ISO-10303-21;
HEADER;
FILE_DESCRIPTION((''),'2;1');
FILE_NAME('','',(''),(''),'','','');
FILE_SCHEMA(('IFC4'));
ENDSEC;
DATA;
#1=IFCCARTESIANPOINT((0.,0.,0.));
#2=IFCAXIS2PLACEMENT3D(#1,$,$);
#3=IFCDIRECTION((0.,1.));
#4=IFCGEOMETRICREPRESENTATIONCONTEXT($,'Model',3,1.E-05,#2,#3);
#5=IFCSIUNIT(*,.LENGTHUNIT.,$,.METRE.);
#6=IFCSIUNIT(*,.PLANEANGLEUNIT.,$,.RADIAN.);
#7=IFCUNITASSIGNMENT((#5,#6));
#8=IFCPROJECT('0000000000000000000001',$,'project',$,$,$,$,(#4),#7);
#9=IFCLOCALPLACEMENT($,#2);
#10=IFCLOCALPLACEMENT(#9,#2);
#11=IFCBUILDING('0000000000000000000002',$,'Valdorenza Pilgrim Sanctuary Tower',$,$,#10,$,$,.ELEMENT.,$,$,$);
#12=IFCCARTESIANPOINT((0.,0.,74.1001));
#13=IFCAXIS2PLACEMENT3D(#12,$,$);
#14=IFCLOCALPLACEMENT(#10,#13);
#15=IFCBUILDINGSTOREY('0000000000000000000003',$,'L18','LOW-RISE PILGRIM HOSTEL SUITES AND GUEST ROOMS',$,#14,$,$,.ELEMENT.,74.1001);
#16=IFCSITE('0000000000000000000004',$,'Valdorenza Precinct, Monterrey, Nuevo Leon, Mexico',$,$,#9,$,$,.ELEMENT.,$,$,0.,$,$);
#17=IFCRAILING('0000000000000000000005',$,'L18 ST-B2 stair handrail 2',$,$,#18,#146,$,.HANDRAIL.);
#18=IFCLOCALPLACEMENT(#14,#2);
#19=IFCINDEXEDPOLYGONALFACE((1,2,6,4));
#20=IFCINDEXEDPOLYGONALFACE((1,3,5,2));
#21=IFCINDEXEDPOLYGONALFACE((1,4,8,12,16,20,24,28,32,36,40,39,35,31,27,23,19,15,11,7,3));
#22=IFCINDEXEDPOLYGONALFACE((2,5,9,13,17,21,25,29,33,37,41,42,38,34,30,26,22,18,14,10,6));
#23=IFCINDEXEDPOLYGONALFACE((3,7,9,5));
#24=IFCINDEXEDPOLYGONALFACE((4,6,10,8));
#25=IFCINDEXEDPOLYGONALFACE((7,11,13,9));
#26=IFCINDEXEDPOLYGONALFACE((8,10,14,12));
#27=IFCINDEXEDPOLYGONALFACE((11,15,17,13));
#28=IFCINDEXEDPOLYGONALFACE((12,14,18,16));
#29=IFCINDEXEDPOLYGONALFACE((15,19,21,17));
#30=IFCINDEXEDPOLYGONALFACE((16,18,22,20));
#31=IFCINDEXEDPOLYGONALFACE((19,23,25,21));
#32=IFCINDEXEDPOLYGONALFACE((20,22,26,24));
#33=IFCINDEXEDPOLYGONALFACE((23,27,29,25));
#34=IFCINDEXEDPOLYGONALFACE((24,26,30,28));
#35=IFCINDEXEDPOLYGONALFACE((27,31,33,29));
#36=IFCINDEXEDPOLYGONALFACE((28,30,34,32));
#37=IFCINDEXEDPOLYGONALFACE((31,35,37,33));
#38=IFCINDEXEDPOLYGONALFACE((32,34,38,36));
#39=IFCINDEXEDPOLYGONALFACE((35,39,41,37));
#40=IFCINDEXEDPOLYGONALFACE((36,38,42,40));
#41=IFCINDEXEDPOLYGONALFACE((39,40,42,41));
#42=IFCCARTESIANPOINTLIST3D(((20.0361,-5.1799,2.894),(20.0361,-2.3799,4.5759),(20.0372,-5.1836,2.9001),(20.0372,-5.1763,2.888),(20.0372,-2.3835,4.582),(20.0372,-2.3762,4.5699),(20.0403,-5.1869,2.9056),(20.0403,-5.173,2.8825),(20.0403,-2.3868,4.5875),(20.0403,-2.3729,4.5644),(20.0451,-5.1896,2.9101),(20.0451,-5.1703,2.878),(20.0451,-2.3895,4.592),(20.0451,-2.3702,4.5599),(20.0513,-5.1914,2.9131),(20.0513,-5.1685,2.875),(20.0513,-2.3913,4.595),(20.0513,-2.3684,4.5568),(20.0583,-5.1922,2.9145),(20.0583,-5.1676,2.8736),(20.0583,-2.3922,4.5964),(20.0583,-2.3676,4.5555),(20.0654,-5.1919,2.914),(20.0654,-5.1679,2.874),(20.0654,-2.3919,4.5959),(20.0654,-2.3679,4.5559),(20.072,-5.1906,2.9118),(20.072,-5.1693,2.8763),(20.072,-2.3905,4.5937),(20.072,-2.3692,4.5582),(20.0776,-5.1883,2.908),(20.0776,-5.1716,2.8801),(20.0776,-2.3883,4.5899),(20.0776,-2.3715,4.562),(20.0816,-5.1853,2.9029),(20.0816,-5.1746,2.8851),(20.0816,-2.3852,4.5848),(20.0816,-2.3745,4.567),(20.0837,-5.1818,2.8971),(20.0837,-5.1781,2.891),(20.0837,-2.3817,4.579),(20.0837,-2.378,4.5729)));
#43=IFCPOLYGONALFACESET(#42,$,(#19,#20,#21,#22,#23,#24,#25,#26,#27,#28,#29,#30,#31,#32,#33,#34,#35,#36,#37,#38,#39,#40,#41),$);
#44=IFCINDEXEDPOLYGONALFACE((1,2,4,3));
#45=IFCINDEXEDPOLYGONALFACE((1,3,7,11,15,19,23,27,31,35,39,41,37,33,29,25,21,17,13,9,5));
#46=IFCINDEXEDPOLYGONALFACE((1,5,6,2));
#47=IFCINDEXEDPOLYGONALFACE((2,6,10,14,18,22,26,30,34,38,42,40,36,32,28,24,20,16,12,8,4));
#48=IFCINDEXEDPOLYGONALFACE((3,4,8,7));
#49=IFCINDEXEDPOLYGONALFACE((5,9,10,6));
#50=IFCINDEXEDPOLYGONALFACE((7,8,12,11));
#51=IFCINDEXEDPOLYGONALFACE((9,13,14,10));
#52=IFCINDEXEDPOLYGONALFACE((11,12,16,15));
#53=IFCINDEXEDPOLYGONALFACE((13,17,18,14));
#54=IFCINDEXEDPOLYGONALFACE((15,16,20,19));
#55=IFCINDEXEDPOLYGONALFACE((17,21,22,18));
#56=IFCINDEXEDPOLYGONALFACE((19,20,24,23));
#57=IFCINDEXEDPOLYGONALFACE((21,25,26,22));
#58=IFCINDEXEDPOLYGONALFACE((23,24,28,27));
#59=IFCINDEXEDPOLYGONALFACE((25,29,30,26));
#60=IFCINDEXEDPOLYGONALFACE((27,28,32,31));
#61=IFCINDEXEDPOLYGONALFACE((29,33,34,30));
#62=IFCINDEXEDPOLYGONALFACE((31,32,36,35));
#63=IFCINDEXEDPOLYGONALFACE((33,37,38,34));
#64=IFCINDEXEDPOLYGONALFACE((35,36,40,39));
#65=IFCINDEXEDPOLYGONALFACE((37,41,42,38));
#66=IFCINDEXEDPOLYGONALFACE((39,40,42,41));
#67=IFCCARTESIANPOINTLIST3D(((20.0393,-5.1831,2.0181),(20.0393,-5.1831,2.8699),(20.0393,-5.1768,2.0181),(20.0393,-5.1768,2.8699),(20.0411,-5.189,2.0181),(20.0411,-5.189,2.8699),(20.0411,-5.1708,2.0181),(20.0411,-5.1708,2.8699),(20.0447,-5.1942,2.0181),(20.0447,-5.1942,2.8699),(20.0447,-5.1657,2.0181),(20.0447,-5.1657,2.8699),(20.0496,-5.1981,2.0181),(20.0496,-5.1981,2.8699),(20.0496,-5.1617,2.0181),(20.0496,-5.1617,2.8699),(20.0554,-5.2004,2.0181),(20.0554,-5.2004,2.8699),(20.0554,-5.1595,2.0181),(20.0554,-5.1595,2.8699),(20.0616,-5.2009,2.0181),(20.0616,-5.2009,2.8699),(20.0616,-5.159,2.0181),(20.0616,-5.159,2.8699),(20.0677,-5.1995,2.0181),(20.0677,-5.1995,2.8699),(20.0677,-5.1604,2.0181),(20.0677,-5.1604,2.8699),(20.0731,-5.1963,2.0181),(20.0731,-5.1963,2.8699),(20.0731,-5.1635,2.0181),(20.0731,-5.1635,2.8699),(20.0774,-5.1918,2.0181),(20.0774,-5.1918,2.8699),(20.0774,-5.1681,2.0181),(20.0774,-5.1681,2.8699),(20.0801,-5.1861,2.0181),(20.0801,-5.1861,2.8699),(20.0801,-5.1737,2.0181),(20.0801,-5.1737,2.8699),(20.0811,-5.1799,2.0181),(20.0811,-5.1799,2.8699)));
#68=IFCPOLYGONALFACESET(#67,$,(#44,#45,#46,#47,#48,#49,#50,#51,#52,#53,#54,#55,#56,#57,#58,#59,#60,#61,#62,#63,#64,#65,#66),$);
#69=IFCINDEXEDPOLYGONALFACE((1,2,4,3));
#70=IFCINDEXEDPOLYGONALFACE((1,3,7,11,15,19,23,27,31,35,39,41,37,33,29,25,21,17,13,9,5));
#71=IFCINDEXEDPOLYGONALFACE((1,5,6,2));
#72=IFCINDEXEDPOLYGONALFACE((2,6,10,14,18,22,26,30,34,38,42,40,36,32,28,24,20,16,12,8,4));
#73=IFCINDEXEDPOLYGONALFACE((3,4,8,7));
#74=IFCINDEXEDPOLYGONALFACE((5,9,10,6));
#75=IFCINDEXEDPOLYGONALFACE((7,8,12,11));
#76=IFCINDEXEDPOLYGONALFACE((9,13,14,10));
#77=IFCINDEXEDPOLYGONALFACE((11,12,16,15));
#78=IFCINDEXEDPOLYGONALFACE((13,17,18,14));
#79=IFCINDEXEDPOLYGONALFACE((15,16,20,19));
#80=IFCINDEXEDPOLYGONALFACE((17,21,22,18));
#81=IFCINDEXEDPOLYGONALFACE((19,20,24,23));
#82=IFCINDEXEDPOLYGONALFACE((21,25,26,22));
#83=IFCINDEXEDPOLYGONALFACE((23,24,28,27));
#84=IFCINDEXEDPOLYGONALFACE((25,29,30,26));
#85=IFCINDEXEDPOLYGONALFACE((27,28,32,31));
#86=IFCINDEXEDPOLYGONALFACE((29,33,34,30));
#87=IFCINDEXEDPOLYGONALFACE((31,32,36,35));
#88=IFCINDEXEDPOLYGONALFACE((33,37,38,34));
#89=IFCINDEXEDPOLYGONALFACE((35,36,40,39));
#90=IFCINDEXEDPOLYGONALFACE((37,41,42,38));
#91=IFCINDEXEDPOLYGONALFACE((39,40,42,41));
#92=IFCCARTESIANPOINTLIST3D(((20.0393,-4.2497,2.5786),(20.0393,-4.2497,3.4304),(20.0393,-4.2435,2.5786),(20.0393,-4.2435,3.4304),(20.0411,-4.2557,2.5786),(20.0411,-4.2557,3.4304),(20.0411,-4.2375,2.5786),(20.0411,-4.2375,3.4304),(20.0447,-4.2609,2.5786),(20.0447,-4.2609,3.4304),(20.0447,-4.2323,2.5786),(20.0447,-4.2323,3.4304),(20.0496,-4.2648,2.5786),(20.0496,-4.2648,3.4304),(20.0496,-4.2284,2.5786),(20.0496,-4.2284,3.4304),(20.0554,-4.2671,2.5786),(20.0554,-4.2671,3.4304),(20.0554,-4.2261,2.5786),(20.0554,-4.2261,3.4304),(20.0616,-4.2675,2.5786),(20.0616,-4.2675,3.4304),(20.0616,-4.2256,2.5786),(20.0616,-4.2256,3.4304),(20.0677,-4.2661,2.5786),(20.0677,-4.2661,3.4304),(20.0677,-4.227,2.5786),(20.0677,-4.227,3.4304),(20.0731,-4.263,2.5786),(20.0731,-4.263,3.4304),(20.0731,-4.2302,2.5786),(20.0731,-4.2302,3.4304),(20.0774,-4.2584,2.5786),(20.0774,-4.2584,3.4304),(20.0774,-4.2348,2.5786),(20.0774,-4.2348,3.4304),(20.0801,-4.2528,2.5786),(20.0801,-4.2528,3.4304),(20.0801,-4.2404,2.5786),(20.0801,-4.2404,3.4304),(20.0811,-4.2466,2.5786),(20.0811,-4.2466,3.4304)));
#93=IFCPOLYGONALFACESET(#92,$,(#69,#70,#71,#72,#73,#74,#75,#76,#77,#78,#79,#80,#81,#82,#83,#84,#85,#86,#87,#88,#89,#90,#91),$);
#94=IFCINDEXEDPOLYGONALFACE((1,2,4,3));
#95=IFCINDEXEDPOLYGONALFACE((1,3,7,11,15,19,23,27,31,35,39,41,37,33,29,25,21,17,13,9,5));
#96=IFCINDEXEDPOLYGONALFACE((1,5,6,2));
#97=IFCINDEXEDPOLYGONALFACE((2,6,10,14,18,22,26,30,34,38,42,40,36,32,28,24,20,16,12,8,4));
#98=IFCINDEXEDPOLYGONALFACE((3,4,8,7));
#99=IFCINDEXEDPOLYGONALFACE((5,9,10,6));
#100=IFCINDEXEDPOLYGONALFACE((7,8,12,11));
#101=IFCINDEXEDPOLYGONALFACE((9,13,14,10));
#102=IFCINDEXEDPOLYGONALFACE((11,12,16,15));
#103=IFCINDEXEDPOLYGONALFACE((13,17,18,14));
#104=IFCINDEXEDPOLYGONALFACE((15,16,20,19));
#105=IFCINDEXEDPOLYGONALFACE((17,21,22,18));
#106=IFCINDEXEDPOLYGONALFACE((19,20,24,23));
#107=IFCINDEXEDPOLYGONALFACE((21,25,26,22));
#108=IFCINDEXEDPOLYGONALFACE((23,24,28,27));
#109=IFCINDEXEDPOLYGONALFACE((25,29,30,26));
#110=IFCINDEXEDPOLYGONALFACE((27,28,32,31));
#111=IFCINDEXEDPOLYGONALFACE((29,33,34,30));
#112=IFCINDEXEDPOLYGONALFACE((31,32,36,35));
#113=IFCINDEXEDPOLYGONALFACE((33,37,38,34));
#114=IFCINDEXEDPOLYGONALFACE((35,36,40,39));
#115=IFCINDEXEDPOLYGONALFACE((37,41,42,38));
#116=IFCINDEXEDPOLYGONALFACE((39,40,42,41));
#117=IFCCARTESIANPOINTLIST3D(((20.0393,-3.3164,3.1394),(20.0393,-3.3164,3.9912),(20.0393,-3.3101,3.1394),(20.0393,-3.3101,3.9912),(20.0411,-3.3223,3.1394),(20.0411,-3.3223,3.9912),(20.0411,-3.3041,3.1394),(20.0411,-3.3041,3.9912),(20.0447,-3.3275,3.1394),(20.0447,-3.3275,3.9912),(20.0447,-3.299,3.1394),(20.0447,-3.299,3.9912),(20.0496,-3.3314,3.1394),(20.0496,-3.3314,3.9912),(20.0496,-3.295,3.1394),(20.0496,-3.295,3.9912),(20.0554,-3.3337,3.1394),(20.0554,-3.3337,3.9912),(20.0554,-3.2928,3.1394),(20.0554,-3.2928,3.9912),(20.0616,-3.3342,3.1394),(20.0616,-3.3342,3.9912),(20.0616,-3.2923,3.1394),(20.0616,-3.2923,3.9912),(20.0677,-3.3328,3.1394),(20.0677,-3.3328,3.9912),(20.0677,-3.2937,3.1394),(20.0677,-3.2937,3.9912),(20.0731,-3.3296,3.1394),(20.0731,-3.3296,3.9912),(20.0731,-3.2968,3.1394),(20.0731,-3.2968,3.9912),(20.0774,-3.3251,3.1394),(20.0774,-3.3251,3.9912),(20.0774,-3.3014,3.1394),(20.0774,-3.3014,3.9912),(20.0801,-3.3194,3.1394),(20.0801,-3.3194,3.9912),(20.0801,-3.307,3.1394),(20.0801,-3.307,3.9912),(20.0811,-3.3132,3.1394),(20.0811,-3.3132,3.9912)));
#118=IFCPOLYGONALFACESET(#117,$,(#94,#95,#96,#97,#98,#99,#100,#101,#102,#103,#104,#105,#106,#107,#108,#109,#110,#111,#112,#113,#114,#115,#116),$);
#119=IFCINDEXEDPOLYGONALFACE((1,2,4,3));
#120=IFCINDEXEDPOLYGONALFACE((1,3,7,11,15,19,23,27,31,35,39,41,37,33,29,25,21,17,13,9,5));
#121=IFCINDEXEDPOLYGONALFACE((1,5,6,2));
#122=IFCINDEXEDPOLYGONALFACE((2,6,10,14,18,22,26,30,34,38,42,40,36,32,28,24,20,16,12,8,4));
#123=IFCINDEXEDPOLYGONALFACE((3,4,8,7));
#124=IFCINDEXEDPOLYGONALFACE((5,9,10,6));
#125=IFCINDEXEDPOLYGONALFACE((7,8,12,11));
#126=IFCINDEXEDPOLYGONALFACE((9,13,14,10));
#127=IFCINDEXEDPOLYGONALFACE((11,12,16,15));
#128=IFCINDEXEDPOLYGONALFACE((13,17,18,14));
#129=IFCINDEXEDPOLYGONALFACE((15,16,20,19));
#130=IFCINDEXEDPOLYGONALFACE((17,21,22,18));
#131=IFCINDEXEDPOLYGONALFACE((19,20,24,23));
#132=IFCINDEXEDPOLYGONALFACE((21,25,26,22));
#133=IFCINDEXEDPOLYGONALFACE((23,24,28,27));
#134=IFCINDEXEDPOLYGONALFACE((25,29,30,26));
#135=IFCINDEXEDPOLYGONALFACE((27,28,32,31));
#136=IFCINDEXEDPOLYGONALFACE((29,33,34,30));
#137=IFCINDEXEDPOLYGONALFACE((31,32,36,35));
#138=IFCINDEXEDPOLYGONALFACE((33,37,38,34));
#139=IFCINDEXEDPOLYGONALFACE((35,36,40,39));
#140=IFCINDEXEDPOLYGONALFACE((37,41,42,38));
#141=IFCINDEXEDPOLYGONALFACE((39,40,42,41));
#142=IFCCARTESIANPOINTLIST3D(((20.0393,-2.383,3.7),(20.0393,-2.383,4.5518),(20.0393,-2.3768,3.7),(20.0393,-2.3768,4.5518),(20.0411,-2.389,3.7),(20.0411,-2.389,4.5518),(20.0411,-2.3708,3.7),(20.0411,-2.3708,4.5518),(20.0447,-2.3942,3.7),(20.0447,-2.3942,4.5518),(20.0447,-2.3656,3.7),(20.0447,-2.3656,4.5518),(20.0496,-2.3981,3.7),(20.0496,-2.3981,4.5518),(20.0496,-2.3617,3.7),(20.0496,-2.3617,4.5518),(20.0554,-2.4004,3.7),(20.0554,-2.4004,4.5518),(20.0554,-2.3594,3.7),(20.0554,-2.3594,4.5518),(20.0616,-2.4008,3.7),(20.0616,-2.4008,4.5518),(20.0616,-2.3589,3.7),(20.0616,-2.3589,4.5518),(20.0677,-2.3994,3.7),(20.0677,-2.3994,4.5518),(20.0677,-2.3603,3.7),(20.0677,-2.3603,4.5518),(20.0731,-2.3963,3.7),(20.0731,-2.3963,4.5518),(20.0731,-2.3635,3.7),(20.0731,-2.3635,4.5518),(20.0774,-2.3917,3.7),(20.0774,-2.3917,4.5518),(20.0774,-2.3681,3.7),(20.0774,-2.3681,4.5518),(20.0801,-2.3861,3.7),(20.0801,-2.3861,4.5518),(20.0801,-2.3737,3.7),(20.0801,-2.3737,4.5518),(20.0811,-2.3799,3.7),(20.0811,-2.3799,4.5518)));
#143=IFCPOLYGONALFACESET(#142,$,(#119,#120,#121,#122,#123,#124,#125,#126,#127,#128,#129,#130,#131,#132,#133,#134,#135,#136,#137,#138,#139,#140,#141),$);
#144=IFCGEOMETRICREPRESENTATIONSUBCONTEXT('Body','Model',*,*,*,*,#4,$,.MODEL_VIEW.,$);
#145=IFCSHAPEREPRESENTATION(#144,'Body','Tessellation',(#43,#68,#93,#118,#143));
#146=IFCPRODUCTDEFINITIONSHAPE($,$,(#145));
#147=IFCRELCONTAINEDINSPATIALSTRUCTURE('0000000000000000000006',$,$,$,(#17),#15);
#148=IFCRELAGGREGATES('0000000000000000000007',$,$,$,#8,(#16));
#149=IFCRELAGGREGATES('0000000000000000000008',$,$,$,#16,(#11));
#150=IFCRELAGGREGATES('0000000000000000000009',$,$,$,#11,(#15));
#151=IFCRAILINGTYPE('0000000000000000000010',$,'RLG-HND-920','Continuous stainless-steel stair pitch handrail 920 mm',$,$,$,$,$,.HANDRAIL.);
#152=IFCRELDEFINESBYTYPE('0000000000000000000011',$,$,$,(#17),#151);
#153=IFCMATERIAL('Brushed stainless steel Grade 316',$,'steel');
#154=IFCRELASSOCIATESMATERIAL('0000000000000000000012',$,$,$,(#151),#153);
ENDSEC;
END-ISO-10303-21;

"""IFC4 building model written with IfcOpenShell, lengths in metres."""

from ifc_helpers import new_model, si_unit, direction, frame, origin, origin_2d, place, context, subcontext, project, spatial, circle, extrude, material, type_object, element, save


model = new_model("IFC4")

# Units and contexts
model_context = context("Model", 3, precision=1e-05, world=origin(), true_north=direction((0.0, 1.0)))
body_context = subcontext(model_context, "Body", "Model", "MODEL_VIEW")
ifc_project = project(units=[si_unit("LENGTHUNIT", "METRE"), si_unit("PLANEANGLEUNIT", "RADIAN")], contexts=[model_context])

# Site, building, storey
site_placement = place(None, origin())
site = spatial("IfcSite", under=ifc_project, at=site_placement, Name="Valdorenza Precinct, Monterrey, Nuevo Leon, Mexico", CompositionType="ELEMENT", RefElevation=0.0)
building_placement = place(site_placement, origin())
building = spatial("IfcBuilding", under=site, at=building_placement, Name="Valdorenza Pilgrim Sanctuary Tower", CompositionType="ELEMENT")
storey_placement = place(building_placement, frame((0.0, 0.0, 74.1001)))
storey = spatial("IfcBuildingStorey", under=building, at=storey_placement, Name="L18", Description="LOW-RISE PILGRIM HOSTEL SUITES AND GUEST ROOMS", CompositionType="ELEMENT", Elevation=74.1001)

# Shared definitions
ifc_material_1 = material(Name="Brushed stainless steel Grade 316", Category="steel")

# Railing
railing_type_1 = type_object("IfcRailingType", Name="RLG-HND-920", Description="Continuous stainless-steel stair pitch handrail 920 mm", PredefinedType="HANDRAIL", material=ifc_material_1)
railing_1_placement = place(storey_placement, frame((20.0601, -5.1799, 2.0181)))
element("IfcRailing", 1, at=railing_1_placement, inside=storey, type_object=railing_type_1, Name="L18 ST-B2 stair handrail 2", PredefinedType="HANDRAIL", context=body_context, shape_type="SweptSolid", body=[
    extrude(circle(Radius=0.0239, at=origin_2d()), frame((0.0, 0.0, 0.876), z_axis=(0.0, 0.857242, 0.514913), x_axis=(-1.0, 0.0, 0.0)), (0.0, 0.0, 1.0), 3.2664),
    extrude(circle(Radius=0.021, at=origin_2d()), origin(), (0.0, 0.0, 1.0), 0.8518),
    extrude(circle(Radius=0.021, at=origin_2d()), frame((0.0, 0.9333, 0.5605)), (0.0, 0.0, 1.0), 0.8518),
    extrude(circle(Radius=0.021, at=origin_2d()), frame((0.0, 1.8667, 1.1213)), (0.0, 0.0, 1.0), 0.8518),
    extrude(circle(Radius=0.021, at=origin_2d()), frame((0.0, 2.8, 1.6819)), (0.0, 0.0, 1.0), 0.8518),
])

save(model, "model.ifc")
